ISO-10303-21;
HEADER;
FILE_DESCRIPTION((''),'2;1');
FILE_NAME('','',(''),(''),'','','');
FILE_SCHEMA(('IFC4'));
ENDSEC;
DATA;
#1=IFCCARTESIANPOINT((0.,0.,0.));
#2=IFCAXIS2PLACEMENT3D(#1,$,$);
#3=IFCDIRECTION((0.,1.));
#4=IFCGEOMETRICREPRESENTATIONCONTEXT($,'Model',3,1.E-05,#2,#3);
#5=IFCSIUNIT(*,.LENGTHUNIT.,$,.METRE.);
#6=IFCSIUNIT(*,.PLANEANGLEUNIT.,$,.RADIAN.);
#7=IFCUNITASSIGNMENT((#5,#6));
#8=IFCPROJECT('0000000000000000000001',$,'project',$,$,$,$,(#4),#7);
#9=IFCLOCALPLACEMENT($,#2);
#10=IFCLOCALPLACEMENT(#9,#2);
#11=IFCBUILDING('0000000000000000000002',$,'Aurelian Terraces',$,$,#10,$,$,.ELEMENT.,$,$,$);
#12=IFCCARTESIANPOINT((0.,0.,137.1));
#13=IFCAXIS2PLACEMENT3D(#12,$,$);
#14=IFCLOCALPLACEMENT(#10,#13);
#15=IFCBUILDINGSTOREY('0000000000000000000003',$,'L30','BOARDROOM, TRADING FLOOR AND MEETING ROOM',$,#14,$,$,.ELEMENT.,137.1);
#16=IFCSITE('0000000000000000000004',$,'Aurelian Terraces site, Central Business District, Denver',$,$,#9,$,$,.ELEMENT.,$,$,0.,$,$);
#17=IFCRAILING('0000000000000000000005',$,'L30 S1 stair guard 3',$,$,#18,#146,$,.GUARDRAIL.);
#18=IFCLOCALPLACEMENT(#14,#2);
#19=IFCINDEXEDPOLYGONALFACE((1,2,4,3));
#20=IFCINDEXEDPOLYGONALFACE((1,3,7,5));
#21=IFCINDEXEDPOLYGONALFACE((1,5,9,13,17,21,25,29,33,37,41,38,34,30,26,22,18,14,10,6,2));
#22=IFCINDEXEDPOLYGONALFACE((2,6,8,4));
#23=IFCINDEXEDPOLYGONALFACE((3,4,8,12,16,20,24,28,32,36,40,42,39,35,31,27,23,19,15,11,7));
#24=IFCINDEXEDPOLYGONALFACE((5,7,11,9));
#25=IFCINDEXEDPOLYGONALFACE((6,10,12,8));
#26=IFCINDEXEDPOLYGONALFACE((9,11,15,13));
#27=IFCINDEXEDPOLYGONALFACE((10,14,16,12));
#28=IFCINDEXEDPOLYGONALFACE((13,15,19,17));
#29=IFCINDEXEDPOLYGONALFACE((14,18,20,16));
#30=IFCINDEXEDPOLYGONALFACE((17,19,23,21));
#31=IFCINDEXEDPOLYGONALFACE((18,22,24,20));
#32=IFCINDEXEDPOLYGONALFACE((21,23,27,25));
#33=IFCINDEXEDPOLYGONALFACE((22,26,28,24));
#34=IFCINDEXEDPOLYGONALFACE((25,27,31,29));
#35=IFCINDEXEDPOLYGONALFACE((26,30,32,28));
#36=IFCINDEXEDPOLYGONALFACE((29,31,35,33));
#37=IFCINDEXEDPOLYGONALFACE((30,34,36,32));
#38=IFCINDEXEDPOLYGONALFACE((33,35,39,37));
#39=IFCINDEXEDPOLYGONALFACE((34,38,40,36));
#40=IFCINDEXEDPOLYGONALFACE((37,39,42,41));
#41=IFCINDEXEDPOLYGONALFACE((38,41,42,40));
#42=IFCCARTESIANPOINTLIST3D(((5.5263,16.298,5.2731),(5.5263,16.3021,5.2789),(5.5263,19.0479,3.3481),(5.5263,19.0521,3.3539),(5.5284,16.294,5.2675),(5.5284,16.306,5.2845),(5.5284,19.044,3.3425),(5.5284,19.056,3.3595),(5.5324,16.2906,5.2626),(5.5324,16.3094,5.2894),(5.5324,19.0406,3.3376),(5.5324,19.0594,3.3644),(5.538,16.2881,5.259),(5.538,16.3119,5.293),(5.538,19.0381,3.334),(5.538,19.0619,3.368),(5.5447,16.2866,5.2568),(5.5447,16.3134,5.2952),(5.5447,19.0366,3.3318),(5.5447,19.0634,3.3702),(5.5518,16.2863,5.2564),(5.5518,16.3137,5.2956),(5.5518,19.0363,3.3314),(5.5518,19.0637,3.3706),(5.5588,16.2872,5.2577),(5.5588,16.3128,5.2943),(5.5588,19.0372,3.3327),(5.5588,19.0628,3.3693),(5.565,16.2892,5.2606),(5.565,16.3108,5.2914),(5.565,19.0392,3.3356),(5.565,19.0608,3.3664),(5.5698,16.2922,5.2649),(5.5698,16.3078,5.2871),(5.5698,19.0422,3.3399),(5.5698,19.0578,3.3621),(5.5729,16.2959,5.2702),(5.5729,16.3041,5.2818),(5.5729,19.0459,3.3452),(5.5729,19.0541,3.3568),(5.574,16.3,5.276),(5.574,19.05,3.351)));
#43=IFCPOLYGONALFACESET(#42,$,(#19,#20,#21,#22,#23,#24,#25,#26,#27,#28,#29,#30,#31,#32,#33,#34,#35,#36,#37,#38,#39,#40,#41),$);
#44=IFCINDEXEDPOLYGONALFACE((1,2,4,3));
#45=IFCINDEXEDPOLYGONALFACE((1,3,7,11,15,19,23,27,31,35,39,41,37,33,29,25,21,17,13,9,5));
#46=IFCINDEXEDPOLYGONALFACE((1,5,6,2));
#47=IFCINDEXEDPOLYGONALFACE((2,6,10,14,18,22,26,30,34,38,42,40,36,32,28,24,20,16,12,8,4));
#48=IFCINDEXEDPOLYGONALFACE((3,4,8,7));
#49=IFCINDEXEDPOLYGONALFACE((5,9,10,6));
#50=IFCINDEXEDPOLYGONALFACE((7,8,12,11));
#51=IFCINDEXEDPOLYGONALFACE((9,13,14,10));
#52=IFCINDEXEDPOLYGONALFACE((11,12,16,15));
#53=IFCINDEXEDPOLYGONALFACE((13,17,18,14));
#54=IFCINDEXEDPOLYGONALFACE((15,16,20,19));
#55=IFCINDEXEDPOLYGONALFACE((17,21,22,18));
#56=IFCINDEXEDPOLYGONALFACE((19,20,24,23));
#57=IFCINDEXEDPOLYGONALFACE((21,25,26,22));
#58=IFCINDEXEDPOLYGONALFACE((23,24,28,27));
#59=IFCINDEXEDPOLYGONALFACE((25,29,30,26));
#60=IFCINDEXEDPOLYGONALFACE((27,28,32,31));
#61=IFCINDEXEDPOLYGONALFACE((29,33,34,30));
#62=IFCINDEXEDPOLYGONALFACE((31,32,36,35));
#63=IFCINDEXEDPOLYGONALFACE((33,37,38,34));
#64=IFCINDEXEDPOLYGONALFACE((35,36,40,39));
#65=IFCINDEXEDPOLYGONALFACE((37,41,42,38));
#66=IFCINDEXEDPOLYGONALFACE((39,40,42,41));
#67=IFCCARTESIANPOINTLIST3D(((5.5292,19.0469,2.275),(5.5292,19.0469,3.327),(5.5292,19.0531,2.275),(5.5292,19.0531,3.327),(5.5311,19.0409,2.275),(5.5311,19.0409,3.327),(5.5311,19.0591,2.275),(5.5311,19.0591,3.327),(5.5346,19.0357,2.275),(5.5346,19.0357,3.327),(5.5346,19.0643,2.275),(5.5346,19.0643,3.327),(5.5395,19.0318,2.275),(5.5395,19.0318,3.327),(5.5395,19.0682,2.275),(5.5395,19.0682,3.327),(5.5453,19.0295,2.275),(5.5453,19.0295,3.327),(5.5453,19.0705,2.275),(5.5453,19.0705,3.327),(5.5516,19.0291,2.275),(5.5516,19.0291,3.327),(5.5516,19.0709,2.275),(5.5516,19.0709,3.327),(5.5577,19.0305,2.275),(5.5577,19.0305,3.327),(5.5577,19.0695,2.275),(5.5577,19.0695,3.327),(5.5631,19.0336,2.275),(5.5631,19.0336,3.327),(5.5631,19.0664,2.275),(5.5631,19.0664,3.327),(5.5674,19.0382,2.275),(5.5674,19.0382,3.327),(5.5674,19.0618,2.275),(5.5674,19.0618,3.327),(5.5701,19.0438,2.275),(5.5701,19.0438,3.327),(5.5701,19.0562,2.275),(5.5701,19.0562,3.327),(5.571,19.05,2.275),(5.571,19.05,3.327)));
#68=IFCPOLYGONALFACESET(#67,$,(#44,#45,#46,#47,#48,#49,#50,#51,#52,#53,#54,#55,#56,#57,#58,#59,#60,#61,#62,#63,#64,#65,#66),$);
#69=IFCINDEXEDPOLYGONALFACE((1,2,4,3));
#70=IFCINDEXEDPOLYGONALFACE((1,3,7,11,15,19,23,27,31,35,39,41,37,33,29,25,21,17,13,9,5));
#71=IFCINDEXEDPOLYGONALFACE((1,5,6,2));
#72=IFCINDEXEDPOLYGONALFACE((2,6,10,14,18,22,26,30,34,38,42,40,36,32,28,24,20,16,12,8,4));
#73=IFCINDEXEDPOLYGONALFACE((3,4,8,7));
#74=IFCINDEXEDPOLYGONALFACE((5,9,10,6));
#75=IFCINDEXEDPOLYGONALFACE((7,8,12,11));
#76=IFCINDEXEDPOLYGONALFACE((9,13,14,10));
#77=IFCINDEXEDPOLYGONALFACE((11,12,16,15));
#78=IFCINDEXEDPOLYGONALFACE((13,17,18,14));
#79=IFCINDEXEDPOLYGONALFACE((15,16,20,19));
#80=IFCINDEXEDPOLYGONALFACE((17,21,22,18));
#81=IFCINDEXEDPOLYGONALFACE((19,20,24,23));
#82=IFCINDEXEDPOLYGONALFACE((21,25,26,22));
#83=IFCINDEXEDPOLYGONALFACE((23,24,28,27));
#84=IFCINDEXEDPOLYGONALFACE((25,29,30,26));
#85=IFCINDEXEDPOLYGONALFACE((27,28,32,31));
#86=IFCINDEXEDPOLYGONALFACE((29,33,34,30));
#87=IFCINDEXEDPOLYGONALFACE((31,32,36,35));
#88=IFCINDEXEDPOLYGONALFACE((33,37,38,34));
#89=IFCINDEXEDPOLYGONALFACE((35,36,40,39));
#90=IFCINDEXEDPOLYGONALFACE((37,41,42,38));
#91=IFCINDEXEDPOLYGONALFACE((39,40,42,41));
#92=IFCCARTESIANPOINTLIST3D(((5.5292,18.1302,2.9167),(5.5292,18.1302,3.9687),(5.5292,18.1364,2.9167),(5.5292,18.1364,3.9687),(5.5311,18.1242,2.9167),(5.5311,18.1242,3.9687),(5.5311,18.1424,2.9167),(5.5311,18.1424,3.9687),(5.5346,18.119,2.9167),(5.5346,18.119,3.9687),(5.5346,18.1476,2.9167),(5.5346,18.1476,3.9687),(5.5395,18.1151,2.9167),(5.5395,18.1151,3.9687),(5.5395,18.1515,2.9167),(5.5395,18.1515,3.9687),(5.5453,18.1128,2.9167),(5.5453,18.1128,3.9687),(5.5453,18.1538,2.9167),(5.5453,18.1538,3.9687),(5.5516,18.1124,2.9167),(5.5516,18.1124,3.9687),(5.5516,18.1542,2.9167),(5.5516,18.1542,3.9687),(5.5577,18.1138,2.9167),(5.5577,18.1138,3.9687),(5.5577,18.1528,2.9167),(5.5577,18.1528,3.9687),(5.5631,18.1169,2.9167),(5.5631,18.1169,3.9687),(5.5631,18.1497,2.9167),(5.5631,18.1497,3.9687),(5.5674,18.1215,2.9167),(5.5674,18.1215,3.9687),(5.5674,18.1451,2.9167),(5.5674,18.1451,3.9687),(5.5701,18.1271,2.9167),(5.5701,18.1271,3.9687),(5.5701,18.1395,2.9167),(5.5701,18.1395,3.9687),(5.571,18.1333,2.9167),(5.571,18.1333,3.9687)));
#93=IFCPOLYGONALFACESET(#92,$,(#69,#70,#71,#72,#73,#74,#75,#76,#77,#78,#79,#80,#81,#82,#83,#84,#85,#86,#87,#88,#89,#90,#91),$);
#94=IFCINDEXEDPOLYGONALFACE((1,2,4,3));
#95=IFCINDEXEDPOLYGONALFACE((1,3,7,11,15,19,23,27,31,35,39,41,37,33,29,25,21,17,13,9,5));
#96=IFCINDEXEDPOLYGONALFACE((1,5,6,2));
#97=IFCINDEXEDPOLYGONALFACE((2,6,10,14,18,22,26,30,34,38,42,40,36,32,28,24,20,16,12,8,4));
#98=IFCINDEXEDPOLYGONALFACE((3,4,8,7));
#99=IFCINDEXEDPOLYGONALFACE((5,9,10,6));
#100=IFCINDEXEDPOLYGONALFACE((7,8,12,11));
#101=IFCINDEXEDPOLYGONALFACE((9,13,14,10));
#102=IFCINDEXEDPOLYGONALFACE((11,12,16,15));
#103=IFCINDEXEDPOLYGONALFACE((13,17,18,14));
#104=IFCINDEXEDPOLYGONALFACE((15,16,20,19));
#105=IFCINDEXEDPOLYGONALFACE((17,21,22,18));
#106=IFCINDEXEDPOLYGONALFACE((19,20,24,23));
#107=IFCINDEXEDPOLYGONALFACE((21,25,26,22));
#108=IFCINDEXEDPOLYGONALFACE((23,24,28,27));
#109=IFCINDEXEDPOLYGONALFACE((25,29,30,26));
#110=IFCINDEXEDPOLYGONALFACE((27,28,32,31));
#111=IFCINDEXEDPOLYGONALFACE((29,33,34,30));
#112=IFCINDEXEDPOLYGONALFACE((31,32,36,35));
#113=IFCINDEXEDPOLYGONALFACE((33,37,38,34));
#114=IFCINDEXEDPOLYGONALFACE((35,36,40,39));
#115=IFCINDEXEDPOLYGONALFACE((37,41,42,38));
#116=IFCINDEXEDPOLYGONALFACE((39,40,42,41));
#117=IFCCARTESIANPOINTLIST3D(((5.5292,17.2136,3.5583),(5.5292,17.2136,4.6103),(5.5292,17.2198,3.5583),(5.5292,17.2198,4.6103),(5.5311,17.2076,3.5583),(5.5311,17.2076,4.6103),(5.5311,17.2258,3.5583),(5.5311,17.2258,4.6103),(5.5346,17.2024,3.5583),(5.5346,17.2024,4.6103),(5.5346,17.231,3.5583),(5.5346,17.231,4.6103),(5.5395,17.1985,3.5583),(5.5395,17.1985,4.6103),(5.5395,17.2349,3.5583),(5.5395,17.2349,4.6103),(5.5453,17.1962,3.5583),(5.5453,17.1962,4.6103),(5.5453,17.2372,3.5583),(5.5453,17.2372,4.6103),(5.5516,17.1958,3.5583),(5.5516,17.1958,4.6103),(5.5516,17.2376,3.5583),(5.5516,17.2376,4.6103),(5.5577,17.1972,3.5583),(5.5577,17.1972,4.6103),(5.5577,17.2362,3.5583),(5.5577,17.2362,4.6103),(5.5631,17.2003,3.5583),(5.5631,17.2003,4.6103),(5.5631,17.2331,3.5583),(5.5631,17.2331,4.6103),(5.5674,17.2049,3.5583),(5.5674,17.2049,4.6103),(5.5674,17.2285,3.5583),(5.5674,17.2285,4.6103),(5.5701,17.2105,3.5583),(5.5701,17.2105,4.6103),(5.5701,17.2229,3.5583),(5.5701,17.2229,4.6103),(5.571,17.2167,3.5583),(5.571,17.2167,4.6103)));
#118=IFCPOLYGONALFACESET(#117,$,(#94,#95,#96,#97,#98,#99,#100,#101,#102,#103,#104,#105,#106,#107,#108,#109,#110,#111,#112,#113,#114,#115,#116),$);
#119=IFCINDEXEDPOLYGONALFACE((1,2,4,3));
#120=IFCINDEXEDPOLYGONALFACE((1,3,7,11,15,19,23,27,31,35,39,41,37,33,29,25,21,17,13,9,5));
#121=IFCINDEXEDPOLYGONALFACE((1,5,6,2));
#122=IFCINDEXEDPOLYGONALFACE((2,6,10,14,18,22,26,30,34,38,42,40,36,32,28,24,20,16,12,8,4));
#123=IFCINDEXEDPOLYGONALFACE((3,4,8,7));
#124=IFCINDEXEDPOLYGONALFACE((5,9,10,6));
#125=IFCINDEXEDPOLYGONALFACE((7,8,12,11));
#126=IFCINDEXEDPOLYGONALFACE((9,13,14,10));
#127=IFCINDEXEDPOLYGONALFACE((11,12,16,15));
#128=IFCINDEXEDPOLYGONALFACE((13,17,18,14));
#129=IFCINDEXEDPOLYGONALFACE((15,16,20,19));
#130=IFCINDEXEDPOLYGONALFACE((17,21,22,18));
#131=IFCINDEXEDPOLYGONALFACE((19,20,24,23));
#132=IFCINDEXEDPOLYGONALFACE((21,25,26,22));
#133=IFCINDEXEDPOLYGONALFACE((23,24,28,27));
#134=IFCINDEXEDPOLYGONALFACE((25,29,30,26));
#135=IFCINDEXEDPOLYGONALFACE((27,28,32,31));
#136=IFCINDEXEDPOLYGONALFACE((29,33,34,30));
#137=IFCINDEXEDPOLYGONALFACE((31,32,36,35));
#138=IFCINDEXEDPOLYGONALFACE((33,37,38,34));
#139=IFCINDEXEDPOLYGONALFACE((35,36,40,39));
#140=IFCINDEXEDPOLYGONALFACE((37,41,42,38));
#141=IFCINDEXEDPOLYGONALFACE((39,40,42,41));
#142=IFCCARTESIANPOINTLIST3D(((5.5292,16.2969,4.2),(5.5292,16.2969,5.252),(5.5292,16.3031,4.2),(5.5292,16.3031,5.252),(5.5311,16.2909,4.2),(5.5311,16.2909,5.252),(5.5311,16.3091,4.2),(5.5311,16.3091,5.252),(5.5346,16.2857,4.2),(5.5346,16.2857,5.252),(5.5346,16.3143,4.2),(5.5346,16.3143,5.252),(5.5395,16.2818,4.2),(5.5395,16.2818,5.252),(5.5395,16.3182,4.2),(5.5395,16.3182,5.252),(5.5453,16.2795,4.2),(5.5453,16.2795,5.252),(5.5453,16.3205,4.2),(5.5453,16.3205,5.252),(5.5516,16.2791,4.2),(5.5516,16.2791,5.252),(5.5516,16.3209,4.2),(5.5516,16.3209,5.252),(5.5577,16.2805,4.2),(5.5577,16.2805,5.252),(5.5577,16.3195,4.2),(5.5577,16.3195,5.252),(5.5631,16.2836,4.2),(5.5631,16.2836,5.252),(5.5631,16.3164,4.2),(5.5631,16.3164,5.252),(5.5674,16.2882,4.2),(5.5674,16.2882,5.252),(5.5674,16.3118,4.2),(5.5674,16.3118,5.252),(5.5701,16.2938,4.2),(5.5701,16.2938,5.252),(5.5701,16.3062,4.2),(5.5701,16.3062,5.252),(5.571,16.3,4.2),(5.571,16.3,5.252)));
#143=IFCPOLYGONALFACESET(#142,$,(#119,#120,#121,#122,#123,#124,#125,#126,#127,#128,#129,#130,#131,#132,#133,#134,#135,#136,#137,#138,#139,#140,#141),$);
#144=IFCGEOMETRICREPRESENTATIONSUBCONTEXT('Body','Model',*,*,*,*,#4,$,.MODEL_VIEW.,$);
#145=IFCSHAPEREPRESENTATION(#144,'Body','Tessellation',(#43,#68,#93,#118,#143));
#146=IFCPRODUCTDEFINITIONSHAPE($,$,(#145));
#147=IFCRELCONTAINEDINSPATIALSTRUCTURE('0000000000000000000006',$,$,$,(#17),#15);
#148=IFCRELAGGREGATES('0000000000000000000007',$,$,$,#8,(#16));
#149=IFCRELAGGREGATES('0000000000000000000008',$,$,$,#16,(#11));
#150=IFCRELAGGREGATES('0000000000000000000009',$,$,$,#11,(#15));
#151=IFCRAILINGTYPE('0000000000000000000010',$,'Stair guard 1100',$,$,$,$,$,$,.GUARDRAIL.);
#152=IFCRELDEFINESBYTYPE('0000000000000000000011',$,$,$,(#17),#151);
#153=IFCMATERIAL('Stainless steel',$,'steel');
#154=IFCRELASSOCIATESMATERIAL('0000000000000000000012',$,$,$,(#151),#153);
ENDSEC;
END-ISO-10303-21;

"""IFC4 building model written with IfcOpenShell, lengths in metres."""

from ifc_helpers import new_model, si_unit, direction, frame, origin, origin_2d, place, context, subcontext, project, spatial, circle, extrude, source, transform, mapped, material, type_object, element, save


model = new_model("IFC4")

# Units and contexts
model_context = context("Model", 3, precision=1e-05, world=origin(), true_north=direction((0.0, 1.0)))
body_context = subcontext(model_context, "Body", "Model", "MODEL_VIEW")
ifc_project = project(units=[si_unit("LENGTHUNIT", "METRE"), si_unit("PLANEANGLEUNIT", "RADIAN")], contexts=[model_context])

# Site, building, storey
site_placement = place(None, origin())
site = spatial("IfcSite", under=ifc_project, at=site_placement, Name="Aurelian Terraces site, Central Business District, Denver", CompositionType="ELEMENT", RefElevation=0.0)
building_placement = place(site_placement, origin())
building = spatial("IfcBuilding", under=site, at=building_placement, Name="Aurelian Terraces", CompositionType="ELEMENT")
storey_placement = place(building_placement, frame((0.0, 0.0, 137.1)))
storey = spatial("IfcBuildingStorey", under=building, at=storey_placement, Name="L30", Description="BOARDROOM, TRADING FLOOR AND MEETING ROOM", CompositionType="ELEMENT", Elevation=137.1)

# Railing
ifc_material_1 = material(Name="Stainless steel", Category="steel")
railing_type_1 = type_object("IfcRailingType", Name="Stair guard 1100", PredefinedType="GUARDRAIL", material=ifc_material_1)
shared_shape_1 = source(origin(), body_context, "Body", "SweptSolid", [
    extrude(circle(Radius=0.024, at=origin_2d()), frame((0.0, 0.0, 1.076), z_axis=(0.0, -0.819232, 0.573462), x_axis=(1.0, 0.0, 0.0)), (0.0, 0.0, 1.0), 3.3568),
    extrude(circle(Radius=0.021, at=origin_2d()), origin(), (0.0, 0.0, 1.0), 1.052),
    extrude(circle(Radius=0.021, at=origin_2d()), frame((0.0, -0.9167, 0.6417)), (0.0, 0.0, 1.0), 1.052),
    extrude(circle(Radius=0.021, at=origin_2d()), frame((0.0, -1.8333, 1.2833)), (0.0, 0.0, 1.0), 1.052),
    extrude(circle(Radius=0.021, at=origin_2d()), frame((0.0, -2.75, 1.925)), (0.0, 0.0, 1.0), 1.052),
])
railing_1_placement = place(storey_placement, frame((5.55, 19.05, 2.275)))
element("IfcRailing", 1, at=railing_1_placement, inside=storey, type_object=railing_type_1, Name="L30 S1 stair guard 3", PredefinedType="GUARDRAIL", context=body_context, shape_type="MappedRepresentation", body=[
    mapped(shared_shape_1, transform((0.0, 0.0, 0.0), scale=1.0)),
])

save(model, "model.ifc")
